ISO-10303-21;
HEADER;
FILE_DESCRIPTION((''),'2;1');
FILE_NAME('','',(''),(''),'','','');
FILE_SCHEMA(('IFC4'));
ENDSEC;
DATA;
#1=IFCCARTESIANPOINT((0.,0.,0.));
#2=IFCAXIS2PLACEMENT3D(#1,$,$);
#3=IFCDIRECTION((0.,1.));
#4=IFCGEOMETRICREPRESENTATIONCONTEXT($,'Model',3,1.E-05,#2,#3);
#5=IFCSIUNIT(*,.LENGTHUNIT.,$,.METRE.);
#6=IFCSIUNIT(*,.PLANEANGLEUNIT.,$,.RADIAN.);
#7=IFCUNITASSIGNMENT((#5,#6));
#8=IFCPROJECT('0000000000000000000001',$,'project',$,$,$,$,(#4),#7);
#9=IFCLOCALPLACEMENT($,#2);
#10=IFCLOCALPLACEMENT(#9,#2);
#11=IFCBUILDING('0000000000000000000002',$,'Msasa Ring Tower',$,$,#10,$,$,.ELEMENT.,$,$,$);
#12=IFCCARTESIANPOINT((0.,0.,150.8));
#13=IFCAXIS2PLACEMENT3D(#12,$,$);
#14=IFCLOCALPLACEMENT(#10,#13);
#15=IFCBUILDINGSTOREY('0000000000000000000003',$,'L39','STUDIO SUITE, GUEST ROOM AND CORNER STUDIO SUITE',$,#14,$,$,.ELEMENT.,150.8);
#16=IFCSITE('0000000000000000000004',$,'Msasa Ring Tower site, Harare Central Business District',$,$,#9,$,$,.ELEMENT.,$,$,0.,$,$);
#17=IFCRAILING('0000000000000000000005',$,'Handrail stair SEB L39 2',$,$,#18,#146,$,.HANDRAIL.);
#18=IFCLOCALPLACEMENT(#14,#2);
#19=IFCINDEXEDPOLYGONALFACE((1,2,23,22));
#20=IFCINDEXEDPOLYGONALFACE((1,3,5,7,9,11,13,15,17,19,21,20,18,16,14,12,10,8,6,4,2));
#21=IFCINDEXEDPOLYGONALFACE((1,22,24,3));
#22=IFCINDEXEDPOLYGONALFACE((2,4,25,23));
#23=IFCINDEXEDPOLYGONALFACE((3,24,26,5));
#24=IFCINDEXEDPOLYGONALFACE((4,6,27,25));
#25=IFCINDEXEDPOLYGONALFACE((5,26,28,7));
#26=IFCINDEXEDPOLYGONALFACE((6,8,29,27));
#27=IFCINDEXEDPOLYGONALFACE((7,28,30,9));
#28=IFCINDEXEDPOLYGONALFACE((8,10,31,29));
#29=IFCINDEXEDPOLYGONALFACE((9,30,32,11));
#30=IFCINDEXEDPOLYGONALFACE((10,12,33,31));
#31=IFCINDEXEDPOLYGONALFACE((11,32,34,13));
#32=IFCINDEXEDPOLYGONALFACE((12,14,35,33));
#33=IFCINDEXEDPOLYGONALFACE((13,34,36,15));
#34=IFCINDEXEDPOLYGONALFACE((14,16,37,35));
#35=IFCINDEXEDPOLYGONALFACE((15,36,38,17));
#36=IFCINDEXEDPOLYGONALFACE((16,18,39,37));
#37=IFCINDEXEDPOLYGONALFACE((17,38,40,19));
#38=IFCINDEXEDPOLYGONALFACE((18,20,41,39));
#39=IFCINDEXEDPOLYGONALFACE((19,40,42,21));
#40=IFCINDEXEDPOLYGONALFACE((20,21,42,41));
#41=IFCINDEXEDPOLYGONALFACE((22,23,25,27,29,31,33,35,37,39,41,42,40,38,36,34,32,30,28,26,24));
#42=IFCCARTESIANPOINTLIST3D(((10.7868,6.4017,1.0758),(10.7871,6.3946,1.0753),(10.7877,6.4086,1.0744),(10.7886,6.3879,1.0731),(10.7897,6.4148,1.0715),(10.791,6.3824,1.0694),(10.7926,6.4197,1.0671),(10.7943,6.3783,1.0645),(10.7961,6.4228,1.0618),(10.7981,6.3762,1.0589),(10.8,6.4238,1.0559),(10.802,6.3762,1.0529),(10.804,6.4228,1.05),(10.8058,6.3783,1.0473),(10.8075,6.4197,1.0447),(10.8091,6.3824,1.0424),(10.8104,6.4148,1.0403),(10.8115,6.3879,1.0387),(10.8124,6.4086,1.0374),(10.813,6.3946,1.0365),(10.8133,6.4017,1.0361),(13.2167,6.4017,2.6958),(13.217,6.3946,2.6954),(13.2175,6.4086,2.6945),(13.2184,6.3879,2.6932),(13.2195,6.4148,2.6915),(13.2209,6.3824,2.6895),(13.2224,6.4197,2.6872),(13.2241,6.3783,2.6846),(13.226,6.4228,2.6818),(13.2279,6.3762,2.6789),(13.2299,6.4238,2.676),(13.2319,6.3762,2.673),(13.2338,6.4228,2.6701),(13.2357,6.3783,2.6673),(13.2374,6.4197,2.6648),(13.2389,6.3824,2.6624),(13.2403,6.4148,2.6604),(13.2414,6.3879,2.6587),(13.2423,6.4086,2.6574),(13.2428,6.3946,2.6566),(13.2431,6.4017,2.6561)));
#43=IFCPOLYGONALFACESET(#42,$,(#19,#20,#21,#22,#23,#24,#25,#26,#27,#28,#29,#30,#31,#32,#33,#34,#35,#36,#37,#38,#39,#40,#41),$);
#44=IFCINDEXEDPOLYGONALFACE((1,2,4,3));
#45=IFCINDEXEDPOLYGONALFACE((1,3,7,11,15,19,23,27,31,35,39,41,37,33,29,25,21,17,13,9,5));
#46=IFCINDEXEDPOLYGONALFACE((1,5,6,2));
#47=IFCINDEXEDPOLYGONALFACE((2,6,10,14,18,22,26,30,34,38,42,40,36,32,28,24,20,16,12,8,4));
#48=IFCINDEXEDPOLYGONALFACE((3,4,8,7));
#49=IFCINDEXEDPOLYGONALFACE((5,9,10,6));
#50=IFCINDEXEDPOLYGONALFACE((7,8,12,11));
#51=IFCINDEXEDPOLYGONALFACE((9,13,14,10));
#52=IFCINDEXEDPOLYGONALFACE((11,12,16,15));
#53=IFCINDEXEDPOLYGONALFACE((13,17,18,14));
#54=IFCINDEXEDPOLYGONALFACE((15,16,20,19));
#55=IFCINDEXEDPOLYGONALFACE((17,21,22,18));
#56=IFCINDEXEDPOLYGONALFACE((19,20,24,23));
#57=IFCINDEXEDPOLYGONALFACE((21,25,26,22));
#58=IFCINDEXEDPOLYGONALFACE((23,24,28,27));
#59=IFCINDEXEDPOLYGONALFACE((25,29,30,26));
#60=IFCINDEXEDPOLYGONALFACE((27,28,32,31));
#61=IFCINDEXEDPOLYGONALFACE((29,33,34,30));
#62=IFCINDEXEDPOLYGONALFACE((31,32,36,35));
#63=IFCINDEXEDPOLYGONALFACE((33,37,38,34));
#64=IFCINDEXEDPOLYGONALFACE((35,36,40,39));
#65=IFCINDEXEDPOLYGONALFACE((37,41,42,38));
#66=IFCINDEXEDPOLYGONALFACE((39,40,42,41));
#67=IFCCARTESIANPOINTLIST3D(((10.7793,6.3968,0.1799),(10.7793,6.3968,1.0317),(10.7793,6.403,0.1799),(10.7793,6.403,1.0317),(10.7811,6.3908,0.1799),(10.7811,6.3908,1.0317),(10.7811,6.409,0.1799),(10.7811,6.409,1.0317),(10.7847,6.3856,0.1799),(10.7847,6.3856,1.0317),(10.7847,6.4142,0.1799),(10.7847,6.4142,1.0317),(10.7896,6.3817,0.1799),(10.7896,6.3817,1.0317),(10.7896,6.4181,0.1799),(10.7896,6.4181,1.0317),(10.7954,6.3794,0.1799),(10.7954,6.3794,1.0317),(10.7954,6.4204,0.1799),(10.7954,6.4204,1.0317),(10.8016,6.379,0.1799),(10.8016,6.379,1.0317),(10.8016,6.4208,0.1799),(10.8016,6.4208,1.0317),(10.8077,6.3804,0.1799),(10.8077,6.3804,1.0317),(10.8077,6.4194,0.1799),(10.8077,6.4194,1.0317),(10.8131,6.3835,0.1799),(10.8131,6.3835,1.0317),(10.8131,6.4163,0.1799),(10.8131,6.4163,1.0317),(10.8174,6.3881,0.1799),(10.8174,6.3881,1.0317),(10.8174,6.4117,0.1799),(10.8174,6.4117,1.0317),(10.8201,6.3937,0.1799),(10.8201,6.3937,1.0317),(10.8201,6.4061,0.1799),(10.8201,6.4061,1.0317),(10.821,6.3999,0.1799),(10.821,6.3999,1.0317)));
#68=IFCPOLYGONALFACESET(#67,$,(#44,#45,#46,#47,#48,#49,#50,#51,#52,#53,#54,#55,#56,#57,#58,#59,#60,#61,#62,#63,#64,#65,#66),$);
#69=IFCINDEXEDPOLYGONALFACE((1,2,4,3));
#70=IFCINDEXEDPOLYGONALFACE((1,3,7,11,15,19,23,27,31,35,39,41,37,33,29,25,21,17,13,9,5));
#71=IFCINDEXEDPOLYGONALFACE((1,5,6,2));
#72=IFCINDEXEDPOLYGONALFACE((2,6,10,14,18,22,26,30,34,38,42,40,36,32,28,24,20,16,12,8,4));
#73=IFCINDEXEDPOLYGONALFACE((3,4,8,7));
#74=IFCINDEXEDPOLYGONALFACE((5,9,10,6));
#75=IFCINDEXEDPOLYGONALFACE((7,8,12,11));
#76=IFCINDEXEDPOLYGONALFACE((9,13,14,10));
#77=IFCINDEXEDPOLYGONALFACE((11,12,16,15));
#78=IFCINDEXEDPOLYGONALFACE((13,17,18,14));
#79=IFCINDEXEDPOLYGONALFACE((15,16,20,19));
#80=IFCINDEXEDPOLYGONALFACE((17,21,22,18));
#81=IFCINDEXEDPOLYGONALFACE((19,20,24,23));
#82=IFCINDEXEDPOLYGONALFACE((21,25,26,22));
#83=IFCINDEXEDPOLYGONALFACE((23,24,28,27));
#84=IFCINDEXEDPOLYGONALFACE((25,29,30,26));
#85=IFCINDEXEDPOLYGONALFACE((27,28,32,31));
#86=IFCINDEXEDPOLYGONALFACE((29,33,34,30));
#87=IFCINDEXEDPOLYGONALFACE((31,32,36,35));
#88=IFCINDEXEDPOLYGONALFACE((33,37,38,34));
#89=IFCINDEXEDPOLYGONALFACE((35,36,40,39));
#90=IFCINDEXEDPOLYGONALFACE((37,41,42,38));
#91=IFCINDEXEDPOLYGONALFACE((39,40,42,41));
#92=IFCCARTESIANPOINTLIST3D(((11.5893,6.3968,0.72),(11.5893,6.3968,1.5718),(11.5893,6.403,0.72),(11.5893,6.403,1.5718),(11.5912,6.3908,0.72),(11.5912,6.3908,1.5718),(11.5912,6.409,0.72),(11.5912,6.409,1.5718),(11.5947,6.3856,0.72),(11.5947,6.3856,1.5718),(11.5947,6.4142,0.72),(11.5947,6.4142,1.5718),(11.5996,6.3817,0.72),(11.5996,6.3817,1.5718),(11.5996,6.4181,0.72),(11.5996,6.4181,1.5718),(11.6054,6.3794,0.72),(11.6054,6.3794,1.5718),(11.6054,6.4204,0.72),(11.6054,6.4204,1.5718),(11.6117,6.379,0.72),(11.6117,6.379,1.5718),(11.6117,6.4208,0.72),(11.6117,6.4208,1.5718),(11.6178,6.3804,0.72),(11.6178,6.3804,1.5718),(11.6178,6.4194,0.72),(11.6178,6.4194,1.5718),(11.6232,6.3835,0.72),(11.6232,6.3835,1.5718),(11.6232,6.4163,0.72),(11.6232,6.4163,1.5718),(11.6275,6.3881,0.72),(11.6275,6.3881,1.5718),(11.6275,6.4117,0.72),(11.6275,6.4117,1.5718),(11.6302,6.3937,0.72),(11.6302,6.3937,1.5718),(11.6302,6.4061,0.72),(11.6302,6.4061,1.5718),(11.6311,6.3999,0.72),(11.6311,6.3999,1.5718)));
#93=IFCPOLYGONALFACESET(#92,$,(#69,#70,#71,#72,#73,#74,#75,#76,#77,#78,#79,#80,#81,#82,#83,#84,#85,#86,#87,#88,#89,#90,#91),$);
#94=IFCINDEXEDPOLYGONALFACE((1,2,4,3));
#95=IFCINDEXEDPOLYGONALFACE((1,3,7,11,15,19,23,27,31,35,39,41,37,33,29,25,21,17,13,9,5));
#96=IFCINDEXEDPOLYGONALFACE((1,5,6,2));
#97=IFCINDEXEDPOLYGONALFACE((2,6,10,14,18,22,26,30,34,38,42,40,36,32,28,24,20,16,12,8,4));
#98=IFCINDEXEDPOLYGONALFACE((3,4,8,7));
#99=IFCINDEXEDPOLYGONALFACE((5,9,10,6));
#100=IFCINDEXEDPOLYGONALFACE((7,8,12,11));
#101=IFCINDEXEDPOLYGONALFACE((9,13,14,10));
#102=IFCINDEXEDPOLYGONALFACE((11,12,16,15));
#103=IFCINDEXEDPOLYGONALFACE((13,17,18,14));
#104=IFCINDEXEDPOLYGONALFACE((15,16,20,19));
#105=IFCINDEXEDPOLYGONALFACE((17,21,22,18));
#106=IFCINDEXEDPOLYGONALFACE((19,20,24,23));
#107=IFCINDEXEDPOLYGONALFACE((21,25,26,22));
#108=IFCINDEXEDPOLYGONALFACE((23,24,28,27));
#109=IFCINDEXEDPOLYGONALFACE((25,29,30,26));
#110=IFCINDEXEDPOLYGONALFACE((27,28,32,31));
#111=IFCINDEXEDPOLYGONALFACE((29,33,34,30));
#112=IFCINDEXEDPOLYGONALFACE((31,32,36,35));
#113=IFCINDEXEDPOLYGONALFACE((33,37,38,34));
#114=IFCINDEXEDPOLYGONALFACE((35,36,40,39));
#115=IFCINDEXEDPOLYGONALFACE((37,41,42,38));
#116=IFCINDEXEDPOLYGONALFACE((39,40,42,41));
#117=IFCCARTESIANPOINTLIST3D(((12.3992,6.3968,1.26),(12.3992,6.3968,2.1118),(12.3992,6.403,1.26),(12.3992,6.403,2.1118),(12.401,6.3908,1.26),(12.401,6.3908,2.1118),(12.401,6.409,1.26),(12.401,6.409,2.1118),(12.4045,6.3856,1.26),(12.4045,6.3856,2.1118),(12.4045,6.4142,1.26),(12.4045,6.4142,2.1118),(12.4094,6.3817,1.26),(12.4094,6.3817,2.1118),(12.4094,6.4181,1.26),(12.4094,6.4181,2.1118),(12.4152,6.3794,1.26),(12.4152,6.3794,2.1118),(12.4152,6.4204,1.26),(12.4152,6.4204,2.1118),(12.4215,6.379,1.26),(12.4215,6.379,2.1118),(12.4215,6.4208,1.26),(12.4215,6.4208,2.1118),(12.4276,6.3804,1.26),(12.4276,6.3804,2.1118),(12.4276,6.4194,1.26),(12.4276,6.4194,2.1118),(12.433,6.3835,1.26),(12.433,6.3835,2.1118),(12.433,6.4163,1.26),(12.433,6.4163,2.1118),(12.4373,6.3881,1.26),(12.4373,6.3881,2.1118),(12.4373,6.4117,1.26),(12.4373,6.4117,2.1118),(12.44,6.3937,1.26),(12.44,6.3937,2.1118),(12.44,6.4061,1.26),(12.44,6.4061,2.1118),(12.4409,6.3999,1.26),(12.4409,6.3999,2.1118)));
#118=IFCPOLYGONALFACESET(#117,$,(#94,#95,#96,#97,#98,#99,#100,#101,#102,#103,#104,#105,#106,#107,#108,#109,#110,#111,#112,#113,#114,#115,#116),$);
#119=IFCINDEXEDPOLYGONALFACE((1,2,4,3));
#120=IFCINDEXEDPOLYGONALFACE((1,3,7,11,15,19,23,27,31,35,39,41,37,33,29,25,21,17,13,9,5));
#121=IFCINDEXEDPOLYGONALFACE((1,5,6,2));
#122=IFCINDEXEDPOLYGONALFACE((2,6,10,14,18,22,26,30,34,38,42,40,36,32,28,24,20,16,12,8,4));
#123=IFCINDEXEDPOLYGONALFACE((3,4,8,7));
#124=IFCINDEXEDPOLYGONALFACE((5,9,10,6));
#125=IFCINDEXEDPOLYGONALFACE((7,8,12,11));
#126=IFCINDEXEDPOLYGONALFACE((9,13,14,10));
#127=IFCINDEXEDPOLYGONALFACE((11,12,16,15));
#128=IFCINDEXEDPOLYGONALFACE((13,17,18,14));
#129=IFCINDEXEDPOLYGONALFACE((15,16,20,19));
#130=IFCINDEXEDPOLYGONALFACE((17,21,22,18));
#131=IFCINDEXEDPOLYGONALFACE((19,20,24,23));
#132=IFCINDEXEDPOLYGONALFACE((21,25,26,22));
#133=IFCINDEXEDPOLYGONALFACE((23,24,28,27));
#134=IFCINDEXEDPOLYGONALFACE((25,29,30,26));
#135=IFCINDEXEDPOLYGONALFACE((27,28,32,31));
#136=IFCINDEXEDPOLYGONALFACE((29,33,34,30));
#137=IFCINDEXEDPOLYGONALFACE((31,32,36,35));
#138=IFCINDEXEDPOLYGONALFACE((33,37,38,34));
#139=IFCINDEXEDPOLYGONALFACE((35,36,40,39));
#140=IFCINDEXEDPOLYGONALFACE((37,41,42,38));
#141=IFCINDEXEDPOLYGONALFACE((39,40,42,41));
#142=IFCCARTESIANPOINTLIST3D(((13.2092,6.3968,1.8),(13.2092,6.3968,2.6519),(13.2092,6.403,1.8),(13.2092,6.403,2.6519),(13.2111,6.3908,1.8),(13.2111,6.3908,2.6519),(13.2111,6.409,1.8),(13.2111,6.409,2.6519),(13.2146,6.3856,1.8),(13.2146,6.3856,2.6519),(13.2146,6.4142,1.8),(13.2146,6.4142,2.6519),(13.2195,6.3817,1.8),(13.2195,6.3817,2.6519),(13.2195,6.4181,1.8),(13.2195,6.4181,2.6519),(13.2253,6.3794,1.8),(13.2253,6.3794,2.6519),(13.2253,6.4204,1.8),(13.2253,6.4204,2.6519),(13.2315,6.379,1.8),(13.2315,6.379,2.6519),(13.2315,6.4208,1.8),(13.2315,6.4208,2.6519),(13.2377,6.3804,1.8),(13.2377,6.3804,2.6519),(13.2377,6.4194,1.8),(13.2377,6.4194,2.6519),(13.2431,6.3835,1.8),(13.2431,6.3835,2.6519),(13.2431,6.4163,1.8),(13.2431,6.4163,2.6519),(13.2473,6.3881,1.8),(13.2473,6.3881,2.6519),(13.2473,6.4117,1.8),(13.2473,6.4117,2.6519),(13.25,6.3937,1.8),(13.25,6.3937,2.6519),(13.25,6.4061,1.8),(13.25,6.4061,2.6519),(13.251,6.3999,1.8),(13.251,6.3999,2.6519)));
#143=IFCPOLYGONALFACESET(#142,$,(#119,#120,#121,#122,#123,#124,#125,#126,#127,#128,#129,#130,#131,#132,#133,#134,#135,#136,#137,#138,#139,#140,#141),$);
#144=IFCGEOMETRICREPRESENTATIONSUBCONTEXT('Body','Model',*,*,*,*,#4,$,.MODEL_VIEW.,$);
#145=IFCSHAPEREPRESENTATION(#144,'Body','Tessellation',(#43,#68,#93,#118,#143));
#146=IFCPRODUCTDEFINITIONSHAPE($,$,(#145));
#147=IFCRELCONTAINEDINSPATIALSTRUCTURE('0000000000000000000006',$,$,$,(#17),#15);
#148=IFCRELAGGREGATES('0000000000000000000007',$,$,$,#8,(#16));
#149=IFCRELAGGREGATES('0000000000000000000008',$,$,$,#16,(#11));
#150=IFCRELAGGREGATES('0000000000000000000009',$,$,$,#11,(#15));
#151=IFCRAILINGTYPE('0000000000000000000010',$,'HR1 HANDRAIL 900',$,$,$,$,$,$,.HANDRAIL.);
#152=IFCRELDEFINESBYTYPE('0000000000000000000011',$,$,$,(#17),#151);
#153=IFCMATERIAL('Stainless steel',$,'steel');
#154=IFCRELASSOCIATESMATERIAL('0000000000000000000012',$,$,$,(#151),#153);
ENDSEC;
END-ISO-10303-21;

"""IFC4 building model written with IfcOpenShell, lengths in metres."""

from ifc_helpers import new_model, si_unit, direction, frame, origin, origin_2d, place, context, subcontext, project, spatial, circle, extrude, material, type_object, element, save


model = new_model("IFC4")

# Units and contexts
model_context = context("Model", 3, precision=1e-05, world=origin(), true_north=direction((0.0, 1.0)))
body_context = subcontext(model_context, "Body", "Model", "MODEL_VIEW")
ifc_project = project(units=[si_unit("LENGTHUNIT", "METRE"), si_unit("PLANEANGLEUNIT", "RADIAN")], contexts=[model_context])

# Site, building, storey
site_placement = place(None, origin())
site = spatial("IfcSite", under=ifc_project, at=site_placement, Name="Msasa Ring Tower site, Harare Central Business District", CompositionType="ELEMENT", RefElevation=0.0)
building_placement = place(site_placement, origin())
building = spatial("IfcBuilding", under=site, at=building_placement, Name="Msasa Ring Tower", CompositionType="ELEMENT")
storey_placement = place(building_placement, frame((0.0, 0.0, 150.8)))
storey = spatial("IfcBuildingStorey", under=building, at=storey_placement, Name="L39", Description="STUDIO SUITE, GUEST ROOM AND CORNER STUDIO SUITE", CompositionType="ELEMENT", Elevation=150.8)

# Railing
ifc_material_1 = material(Name="Stainless steel", Category="steel")
railing_type = type_object("IfcRailingType", Name="HR1 HANDRAIL 900", PredefinedType="HANDRAIL", material=ifc_material_1)
for number, where, name in (
    (1, (10.8, 6.3999, 0.1799), "Handrail stair SEB L39 2"),
):
    element("IfcRailing", number, at=place(storey_placement, frame(where)), inside=storey, type_object=railing_type, Name=name, PredefinedType="HANDRAIL", context=body_context, shape_type="SweptSolid", body=[
        extrude(circle(Radius=0.0239, at=origin_2d()), frame((0.0, 0.0, 0.876), z_axis=(0.832025, 0.0, 0.554739), x_axis=(0.0, 1.0, 0.0)), (0.0, 0.0, 1.0), 2.9204),
        extrude(circle(Radius=0.021, at=origin_2d()), origin(), (0.0, 0.0, 1.0), 0.8518),
        extrude(circle(Radius=0.021, at=origin_2d()), frame((0.8101, 0.0, 0.54)), (0.0, 0.0, 1.0), 0.8518),
        extrude(circle(Radius=0.021, at=origin_2d()), frame((1.6199, 0.0, 1.0801)), (0.0, 0.0, 1.0), 0.8518),
        extrude(circle(Radius=0.021, at=origin_2d()), frame((2.4299, 0.0, 1.6201)), (0.0, 0.0, 1.0), 0.8518),
    ])

save(model, "model.ifc")
